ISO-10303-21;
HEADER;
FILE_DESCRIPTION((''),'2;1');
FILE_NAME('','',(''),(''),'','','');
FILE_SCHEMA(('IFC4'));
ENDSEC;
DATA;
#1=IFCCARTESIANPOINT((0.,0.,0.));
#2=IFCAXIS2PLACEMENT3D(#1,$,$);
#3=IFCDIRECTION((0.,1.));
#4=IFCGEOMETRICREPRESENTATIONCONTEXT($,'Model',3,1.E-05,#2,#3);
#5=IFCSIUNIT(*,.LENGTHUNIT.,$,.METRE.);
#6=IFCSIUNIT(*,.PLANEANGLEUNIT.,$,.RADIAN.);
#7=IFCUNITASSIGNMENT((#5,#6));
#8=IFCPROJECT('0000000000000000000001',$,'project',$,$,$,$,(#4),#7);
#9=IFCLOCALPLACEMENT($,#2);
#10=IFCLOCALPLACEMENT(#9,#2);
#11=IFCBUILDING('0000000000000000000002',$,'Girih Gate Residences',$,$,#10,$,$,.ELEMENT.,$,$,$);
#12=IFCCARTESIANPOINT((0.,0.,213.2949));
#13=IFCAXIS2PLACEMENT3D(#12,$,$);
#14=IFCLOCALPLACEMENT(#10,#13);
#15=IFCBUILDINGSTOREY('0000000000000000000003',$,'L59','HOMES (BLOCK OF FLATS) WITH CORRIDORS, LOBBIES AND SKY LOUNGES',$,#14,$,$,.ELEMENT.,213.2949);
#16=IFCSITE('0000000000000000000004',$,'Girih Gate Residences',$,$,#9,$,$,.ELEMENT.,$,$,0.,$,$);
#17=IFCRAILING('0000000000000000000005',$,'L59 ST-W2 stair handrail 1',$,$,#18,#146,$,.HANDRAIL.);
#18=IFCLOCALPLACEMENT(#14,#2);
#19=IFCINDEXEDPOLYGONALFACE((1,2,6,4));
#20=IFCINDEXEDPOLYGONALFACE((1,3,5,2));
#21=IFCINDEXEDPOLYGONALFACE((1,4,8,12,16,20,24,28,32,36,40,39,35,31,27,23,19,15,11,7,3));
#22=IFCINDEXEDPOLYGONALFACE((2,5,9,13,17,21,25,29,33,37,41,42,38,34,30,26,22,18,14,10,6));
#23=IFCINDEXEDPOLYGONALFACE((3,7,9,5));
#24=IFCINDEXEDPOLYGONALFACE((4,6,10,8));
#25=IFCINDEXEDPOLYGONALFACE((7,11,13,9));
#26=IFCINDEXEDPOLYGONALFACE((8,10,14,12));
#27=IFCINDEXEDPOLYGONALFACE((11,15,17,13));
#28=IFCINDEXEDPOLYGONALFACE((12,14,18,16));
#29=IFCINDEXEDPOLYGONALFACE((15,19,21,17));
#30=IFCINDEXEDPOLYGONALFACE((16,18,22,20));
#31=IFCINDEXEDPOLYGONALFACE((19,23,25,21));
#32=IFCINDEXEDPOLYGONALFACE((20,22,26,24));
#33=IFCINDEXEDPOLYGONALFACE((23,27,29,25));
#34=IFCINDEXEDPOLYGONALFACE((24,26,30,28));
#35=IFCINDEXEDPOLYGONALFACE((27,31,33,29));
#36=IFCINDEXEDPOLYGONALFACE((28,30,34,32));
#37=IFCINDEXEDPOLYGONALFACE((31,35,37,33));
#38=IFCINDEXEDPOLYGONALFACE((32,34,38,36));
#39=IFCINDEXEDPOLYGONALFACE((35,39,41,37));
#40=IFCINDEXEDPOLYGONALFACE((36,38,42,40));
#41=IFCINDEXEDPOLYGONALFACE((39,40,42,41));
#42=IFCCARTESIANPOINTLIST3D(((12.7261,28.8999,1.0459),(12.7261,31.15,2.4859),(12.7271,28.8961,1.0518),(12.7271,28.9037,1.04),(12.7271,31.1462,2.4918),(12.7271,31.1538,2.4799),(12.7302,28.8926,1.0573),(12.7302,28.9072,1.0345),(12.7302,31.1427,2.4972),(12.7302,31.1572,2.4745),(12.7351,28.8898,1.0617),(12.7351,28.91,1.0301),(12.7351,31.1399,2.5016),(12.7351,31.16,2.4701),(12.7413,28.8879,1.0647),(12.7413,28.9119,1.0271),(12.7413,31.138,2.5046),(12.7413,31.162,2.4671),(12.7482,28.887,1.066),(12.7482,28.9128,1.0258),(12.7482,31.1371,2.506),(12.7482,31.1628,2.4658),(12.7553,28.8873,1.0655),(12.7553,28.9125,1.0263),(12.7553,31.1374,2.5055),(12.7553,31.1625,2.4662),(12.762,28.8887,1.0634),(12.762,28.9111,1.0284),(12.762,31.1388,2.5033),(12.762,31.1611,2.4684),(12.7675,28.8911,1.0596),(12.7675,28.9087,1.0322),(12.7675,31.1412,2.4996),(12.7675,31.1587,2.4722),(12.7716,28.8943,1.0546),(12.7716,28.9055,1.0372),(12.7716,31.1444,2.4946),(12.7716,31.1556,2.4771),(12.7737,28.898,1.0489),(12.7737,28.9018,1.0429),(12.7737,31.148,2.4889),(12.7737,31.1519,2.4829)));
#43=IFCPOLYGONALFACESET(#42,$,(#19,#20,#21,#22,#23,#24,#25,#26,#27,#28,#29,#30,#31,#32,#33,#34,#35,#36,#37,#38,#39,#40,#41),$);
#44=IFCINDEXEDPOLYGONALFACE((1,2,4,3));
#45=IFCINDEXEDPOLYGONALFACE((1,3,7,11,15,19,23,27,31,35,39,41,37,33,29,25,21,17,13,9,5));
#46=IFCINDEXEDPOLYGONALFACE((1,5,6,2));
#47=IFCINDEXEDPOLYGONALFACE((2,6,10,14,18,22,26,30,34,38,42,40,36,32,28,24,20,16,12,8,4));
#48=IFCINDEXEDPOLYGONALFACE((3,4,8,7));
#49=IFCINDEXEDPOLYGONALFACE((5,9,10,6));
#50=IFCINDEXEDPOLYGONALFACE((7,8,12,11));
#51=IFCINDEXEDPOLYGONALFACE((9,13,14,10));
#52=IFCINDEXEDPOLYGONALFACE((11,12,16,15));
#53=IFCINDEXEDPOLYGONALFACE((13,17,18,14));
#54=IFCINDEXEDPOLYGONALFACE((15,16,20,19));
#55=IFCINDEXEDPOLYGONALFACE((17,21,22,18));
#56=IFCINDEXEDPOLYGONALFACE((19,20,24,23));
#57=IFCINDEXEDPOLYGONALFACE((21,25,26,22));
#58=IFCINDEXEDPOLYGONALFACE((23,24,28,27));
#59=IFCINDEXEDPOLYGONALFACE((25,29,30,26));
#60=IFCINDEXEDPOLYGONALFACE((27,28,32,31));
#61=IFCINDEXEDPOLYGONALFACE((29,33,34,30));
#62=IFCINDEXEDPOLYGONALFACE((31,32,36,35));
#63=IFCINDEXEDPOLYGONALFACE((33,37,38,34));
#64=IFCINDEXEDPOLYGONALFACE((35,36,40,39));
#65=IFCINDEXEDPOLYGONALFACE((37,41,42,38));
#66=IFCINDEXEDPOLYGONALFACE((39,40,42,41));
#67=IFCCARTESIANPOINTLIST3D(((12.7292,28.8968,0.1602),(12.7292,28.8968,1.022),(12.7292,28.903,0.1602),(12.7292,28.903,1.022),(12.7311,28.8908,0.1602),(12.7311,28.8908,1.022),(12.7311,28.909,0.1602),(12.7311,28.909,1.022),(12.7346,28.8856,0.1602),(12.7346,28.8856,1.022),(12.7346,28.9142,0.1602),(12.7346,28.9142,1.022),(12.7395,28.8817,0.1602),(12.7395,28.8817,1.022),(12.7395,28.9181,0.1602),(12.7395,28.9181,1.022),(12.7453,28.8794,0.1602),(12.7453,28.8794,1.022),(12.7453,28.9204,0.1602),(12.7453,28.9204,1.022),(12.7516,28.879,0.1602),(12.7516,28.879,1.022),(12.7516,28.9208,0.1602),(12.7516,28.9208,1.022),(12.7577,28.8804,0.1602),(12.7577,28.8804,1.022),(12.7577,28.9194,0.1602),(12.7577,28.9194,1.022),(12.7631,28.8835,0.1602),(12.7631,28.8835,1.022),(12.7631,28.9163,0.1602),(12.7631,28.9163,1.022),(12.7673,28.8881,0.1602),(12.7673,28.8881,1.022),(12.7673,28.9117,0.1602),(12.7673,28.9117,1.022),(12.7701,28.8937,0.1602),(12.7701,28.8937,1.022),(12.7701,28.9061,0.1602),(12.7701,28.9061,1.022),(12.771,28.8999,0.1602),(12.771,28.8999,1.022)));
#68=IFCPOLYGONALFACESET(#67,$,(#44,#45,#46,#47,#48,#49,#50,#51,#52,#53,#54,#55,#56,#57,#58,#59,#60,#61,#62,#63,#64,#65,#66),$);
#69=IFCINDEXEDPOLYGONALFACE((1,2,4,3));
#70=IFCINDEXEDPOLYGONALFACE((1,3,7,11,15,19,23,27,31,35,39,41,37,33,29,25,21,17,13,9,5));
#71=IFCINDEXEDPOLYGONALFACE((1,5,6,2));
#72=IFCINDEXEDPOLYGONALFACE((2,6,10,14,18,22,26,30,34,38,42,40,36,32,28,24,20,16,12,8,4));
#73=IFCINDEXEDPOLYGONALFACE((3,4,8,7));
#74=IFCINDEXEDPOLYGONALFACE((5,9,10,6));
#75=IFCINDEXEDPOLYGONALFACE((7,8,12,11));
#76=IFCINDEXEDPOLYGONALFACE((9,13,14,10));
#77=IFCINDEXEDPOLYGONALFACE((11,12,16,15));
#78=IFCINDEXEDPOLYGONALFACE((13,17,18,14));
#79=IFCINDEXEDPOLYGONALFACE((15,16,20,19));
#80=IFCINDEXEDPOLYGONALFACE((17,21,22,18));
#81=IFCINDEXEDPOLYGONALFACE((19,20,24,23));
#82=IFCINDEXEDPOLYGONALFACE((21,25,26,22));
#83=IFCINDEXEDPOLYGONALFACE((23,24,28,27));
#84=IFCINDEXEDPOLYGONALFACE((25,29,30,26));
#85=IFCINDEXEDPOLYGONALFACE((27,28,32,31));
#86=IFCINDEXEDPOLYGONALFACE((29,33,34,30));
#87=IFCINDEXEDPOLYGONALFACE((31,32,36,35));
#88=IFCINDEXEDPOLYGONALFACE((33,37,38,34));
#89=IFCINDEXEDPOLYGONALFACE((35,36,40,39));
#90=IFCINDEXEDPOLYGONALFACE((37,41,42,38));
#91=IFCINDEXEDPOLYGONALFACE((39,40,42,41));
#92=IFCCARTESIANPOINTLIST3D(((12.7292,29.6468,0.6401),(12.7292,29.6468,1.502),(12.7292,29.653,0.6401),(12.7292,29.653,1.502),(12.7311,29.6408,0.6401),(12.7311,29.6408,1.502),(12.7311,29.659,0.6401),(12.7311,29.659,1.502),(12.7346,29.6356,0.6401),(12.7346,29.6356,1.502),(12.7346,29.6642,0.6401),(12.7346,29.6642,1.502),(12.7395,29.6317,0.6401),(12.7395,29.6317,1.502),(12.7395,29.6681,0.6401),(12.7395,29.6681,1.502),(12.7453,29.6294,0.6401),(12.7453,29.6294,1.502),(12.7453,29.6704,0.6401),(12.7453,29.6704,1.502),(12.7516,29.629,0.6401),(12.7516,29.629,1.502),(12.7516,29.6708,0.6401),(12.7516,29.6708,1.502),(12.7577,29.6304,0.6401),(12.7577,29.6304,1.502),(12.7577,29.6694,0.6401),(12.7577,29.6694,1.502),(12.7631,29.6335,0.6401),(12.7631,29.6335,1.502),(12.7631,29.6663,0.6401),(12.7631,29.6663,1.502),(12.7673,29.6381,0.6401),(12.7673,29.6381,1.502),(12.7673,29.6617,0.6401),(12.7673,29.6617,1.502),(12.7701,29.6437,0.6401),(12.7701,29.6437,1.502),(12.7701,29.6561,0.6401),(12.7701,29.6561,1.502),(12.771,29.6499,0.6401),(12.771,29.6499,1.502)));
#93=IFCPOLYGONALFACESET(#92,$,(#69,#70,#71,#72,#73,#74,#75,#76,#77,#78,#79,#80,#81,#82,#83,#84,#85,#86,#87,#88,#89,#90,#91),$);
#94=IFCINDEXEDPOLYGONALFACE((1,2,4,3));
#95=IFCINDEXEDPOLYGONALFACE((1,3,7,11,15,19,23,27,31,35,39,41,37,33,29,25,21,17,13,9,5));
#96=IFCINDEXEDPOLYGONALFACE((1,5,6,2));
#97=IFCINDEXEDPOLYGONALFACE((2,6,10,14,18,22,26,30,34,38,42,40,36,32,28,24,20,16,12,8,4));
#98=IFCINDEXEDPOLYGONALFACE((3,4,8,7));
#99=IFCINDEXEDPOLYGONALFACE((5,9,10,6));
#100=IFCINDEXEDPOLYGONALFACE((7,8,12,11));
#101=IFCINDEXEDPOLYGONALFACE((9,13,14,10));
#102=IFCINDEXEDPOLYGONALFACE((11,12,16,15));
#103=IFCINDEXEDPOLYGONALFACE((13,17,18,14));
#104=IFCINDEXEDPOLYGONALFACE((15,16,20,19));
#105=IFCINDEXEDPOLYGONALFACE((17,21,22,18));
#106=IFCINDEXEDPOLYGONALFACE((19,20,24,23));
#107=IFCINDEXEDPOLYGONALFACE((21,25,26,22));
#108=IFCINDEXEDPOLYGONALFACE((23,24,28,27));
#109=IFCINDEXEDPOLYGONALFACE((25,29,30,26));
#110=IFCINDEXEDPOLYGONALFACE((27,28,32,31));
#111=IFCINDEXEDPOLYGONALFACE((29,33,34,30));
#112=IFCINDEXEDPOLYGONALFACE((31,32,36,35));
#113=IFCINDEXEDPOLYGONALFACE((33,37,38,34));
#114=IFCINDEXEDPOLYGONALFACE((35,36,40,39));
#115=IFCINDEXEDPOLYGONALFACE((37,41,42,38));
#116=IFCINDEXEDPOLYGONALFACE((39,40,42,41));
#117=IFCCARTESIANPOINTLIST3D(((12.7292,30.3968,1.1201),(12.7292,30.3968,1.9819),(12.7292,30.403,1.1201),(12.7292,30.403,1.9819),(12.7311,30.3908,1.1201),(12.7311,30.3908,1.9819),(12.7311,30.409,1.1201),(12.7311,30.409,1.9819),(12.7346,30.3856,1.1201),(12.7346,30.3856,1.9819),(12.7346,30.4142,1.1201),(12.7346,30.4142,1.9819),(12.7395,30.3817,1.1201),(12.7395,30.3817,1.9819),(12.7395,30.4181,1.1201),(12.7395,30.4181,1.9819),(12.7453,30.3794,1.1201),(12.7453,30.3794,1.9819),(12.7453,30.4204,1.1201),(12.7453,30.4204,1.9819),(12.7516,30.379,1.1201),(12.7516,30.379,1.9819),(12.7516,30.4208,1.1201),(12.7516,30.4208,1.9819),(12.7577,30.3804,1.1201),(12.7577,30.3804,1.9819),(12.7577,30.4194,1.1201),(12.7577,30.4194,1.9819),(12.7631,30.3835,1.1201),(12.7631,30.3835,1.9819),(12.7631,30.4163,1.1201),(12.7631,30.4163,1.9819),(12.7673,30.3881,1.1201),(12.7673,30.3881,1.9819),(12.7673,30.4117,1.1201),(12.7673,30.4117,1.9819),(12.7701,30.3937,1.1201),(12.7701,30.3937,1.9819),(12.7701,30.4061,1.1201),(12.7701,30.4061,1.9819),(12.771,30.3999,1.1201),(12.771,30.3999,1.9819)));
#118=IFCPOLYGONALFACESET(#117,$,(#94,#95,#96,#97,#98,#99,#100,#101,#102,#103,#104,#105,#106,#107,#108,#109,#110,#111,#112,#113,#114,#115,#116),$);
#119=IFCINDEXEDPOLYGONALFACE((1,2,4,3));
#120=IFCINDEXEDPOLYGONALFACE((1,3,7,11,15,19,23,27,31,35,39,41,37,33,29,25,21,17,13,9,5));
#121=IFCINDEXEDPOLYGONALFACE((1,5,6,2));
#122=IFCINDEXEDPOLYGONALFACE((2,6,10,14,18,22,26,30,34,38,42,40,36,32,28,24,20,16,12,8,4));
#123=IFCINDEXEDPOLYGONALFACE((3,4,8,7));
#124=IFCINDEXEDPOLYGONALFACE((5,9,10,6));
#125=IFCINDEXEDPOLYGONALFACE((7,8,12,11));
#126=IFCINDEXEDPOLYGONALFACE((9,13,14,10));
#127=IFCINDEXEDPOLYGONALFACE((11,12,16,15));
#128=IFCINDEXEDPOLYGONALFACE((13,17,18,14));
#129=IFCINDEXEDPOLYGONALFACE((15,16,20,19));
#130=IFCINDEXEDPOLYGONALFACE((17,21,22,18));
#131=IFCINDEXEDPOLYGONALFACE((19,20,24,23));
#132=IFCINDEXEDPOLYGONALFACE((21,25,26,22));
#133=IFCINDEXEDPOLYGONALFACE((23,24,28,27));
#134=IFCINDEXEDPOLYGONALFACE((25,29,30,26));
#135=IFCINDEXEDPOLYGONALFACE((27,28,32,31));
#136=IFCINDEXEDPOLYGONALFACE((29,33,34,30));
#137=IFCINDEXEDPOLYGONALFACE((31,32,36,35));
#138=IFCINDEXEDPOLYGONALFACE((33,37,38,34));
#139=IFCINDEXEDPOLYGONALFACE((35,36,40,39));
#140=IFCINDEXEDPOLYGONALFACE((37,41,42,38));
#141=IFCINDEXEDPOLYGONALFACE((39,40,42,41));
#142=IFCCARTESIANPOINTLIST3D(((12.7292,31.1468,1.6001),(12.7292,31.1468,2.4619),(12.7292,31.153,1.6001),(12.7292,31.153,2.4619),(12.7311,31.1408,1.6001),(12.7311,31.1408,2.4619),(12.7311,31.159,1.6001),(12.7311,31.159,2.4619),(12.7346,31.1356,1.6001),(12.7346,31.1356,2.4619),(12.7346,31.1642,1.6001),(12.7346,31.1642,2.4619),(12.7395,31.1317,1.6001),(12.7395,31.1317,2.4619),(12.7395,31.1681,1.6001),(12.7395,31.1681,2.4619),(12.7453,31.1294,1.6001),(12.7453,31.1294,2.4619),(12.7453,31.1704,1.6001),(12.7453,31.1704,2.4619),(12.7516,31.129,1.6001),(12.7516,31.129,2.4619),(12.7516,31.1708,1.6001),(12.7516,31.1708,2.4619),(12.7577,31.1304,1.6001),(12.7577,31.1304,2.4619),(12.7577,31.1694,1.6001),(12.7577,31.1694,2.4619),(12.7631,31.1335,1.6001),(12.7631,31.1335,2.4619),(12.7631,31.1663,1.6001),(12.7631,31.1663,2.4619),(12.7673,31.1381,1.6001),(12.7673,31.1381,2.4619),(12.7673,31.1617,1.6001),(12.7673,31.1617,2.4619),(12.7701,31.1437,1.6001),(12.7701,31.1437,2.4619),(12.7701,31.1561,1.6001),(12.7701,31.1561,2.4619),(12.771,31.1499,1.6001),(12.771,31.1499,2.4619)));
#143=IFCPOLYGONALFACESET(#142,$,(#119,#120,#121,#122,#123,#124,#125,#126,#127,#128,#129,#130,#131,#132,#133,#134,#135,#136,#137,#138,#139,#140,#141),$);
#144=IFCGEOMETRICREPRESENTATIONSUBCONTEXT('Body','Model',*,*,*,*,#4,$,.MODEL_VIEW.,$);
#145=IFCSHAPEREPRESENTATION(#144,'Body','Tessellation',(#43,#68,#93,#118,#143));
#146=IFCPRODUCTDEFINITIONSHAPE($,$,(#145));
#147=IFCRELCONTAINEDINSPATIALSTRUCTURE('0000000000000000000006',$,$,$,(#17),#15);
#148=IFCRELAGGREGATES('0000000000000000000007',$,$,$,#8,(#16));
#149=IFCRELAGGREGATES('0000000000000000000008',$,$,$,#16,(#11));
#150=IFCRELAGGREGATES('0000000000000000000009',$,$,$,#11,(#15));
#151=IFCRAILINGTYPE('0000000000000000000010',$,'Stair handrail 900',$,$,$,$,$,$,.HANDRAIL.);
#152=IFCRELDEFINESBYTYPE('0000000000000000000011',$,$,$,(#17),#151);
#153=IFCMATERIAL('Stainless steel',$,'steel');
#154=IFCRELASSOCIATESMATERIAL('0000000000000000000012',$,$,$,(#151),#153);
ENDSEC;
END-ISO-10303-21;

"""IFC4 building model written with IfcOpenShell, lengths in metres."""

from ifc_helpers import new_model, si_unit, direction, frame, origin, origin_2d, place, context, subcontext, project, spatial, circle, extrude, material, type_object, element, save


model = new_model("IFC4")

# Units and contexts
model_context = context("Model", 3, precision=1e-05, world=origin(), true_north=direction((0.0, 1.0)))
body_context = subcontext(model_context, "Body", "Model", "MODEL_VIEW")
ifc_project = project(units=[si_unit("LENGTHUNIT", "METRE"), si_unit("PLANEANGLEUNIT", "RADIAN")], contexts=[model_context])

# Site, building, storey
site_placement = place(None, origin())
site = spatial("IfcSite", under=ifc_project, at=site_placement, Name="Girih Gate Residences", CompositionType="ELEMENT", RefElevation=0.0)
building_placement = place(site_placement, origin())
building = spatial("IfcBuilding", under=site, at=building_placement, Name="Girih Gate Residences", CompositionType="ELEMENT")
storey_placement = place(building_placement, frame((0.0, 0.0, 213.2949)))
storey = spatial("IfcBuildingStorey", under=building, at=storey_placement, Name="L59", Description="HOMES (BLOCK OF FLATS) WITH CORRIDORS, LOBBIES AND SKY LOUNGES", CompositionType="ELEMENT", Elevation=213.2949)

# Railing
ifc_material_1 = material(Name="Stainless steel", Category="steel")
railing_type_1 = type_object("IfcRailingType", Name="Stair handrail 900", PredefinedType="HANDRAIL", material=ifc_material_1)
for number, where, name in (
    (1, (12.75, 28.8999, 0.1602), "L59 ST-W2 stair handrail 1"),
):
    element("IfcRailing", number, at=place(storey_placement, frame(where)), inside=storey, type_object=railing_type_1, Name=name, PredefinedType="HANDRAIL", context=body_context, shape_type="SweptSolid", body=[
        extrude(circle(Radius=0.0239, at=origin_2d()), frame((0.0, 0.0, 0.8857), z_axis=(0.0, 0.842281, 0.539038), x_axis=(-1.0, 0.0, 0.0)), (0.0, 0.0, 1.0), 2.6714),
        extrude(circle(Radius=0.021, at=origin_2d()), origin(), (0.0, 0.0, 1.0), 0.8618),
        extrude(circle(Radius=0.021, at=origin_2d()), frame((0.0, 0.75, 0.48)), (0.0, 0.0, 1.0), 0.8618),
        extrude(circle(Radius=0.021, at=origin_2d()), frame((0.0, 1.5, 0.96)), (0.0, 0.0, 1.0), 0.8618),
        extrude(circle(Radius=0.021, at=origin_2d()), frame((0.0, 2.25, 1.4399)), (0.0, 0.0, 1.0), 0.8618),
    ])

save(model, "model.ifc")
